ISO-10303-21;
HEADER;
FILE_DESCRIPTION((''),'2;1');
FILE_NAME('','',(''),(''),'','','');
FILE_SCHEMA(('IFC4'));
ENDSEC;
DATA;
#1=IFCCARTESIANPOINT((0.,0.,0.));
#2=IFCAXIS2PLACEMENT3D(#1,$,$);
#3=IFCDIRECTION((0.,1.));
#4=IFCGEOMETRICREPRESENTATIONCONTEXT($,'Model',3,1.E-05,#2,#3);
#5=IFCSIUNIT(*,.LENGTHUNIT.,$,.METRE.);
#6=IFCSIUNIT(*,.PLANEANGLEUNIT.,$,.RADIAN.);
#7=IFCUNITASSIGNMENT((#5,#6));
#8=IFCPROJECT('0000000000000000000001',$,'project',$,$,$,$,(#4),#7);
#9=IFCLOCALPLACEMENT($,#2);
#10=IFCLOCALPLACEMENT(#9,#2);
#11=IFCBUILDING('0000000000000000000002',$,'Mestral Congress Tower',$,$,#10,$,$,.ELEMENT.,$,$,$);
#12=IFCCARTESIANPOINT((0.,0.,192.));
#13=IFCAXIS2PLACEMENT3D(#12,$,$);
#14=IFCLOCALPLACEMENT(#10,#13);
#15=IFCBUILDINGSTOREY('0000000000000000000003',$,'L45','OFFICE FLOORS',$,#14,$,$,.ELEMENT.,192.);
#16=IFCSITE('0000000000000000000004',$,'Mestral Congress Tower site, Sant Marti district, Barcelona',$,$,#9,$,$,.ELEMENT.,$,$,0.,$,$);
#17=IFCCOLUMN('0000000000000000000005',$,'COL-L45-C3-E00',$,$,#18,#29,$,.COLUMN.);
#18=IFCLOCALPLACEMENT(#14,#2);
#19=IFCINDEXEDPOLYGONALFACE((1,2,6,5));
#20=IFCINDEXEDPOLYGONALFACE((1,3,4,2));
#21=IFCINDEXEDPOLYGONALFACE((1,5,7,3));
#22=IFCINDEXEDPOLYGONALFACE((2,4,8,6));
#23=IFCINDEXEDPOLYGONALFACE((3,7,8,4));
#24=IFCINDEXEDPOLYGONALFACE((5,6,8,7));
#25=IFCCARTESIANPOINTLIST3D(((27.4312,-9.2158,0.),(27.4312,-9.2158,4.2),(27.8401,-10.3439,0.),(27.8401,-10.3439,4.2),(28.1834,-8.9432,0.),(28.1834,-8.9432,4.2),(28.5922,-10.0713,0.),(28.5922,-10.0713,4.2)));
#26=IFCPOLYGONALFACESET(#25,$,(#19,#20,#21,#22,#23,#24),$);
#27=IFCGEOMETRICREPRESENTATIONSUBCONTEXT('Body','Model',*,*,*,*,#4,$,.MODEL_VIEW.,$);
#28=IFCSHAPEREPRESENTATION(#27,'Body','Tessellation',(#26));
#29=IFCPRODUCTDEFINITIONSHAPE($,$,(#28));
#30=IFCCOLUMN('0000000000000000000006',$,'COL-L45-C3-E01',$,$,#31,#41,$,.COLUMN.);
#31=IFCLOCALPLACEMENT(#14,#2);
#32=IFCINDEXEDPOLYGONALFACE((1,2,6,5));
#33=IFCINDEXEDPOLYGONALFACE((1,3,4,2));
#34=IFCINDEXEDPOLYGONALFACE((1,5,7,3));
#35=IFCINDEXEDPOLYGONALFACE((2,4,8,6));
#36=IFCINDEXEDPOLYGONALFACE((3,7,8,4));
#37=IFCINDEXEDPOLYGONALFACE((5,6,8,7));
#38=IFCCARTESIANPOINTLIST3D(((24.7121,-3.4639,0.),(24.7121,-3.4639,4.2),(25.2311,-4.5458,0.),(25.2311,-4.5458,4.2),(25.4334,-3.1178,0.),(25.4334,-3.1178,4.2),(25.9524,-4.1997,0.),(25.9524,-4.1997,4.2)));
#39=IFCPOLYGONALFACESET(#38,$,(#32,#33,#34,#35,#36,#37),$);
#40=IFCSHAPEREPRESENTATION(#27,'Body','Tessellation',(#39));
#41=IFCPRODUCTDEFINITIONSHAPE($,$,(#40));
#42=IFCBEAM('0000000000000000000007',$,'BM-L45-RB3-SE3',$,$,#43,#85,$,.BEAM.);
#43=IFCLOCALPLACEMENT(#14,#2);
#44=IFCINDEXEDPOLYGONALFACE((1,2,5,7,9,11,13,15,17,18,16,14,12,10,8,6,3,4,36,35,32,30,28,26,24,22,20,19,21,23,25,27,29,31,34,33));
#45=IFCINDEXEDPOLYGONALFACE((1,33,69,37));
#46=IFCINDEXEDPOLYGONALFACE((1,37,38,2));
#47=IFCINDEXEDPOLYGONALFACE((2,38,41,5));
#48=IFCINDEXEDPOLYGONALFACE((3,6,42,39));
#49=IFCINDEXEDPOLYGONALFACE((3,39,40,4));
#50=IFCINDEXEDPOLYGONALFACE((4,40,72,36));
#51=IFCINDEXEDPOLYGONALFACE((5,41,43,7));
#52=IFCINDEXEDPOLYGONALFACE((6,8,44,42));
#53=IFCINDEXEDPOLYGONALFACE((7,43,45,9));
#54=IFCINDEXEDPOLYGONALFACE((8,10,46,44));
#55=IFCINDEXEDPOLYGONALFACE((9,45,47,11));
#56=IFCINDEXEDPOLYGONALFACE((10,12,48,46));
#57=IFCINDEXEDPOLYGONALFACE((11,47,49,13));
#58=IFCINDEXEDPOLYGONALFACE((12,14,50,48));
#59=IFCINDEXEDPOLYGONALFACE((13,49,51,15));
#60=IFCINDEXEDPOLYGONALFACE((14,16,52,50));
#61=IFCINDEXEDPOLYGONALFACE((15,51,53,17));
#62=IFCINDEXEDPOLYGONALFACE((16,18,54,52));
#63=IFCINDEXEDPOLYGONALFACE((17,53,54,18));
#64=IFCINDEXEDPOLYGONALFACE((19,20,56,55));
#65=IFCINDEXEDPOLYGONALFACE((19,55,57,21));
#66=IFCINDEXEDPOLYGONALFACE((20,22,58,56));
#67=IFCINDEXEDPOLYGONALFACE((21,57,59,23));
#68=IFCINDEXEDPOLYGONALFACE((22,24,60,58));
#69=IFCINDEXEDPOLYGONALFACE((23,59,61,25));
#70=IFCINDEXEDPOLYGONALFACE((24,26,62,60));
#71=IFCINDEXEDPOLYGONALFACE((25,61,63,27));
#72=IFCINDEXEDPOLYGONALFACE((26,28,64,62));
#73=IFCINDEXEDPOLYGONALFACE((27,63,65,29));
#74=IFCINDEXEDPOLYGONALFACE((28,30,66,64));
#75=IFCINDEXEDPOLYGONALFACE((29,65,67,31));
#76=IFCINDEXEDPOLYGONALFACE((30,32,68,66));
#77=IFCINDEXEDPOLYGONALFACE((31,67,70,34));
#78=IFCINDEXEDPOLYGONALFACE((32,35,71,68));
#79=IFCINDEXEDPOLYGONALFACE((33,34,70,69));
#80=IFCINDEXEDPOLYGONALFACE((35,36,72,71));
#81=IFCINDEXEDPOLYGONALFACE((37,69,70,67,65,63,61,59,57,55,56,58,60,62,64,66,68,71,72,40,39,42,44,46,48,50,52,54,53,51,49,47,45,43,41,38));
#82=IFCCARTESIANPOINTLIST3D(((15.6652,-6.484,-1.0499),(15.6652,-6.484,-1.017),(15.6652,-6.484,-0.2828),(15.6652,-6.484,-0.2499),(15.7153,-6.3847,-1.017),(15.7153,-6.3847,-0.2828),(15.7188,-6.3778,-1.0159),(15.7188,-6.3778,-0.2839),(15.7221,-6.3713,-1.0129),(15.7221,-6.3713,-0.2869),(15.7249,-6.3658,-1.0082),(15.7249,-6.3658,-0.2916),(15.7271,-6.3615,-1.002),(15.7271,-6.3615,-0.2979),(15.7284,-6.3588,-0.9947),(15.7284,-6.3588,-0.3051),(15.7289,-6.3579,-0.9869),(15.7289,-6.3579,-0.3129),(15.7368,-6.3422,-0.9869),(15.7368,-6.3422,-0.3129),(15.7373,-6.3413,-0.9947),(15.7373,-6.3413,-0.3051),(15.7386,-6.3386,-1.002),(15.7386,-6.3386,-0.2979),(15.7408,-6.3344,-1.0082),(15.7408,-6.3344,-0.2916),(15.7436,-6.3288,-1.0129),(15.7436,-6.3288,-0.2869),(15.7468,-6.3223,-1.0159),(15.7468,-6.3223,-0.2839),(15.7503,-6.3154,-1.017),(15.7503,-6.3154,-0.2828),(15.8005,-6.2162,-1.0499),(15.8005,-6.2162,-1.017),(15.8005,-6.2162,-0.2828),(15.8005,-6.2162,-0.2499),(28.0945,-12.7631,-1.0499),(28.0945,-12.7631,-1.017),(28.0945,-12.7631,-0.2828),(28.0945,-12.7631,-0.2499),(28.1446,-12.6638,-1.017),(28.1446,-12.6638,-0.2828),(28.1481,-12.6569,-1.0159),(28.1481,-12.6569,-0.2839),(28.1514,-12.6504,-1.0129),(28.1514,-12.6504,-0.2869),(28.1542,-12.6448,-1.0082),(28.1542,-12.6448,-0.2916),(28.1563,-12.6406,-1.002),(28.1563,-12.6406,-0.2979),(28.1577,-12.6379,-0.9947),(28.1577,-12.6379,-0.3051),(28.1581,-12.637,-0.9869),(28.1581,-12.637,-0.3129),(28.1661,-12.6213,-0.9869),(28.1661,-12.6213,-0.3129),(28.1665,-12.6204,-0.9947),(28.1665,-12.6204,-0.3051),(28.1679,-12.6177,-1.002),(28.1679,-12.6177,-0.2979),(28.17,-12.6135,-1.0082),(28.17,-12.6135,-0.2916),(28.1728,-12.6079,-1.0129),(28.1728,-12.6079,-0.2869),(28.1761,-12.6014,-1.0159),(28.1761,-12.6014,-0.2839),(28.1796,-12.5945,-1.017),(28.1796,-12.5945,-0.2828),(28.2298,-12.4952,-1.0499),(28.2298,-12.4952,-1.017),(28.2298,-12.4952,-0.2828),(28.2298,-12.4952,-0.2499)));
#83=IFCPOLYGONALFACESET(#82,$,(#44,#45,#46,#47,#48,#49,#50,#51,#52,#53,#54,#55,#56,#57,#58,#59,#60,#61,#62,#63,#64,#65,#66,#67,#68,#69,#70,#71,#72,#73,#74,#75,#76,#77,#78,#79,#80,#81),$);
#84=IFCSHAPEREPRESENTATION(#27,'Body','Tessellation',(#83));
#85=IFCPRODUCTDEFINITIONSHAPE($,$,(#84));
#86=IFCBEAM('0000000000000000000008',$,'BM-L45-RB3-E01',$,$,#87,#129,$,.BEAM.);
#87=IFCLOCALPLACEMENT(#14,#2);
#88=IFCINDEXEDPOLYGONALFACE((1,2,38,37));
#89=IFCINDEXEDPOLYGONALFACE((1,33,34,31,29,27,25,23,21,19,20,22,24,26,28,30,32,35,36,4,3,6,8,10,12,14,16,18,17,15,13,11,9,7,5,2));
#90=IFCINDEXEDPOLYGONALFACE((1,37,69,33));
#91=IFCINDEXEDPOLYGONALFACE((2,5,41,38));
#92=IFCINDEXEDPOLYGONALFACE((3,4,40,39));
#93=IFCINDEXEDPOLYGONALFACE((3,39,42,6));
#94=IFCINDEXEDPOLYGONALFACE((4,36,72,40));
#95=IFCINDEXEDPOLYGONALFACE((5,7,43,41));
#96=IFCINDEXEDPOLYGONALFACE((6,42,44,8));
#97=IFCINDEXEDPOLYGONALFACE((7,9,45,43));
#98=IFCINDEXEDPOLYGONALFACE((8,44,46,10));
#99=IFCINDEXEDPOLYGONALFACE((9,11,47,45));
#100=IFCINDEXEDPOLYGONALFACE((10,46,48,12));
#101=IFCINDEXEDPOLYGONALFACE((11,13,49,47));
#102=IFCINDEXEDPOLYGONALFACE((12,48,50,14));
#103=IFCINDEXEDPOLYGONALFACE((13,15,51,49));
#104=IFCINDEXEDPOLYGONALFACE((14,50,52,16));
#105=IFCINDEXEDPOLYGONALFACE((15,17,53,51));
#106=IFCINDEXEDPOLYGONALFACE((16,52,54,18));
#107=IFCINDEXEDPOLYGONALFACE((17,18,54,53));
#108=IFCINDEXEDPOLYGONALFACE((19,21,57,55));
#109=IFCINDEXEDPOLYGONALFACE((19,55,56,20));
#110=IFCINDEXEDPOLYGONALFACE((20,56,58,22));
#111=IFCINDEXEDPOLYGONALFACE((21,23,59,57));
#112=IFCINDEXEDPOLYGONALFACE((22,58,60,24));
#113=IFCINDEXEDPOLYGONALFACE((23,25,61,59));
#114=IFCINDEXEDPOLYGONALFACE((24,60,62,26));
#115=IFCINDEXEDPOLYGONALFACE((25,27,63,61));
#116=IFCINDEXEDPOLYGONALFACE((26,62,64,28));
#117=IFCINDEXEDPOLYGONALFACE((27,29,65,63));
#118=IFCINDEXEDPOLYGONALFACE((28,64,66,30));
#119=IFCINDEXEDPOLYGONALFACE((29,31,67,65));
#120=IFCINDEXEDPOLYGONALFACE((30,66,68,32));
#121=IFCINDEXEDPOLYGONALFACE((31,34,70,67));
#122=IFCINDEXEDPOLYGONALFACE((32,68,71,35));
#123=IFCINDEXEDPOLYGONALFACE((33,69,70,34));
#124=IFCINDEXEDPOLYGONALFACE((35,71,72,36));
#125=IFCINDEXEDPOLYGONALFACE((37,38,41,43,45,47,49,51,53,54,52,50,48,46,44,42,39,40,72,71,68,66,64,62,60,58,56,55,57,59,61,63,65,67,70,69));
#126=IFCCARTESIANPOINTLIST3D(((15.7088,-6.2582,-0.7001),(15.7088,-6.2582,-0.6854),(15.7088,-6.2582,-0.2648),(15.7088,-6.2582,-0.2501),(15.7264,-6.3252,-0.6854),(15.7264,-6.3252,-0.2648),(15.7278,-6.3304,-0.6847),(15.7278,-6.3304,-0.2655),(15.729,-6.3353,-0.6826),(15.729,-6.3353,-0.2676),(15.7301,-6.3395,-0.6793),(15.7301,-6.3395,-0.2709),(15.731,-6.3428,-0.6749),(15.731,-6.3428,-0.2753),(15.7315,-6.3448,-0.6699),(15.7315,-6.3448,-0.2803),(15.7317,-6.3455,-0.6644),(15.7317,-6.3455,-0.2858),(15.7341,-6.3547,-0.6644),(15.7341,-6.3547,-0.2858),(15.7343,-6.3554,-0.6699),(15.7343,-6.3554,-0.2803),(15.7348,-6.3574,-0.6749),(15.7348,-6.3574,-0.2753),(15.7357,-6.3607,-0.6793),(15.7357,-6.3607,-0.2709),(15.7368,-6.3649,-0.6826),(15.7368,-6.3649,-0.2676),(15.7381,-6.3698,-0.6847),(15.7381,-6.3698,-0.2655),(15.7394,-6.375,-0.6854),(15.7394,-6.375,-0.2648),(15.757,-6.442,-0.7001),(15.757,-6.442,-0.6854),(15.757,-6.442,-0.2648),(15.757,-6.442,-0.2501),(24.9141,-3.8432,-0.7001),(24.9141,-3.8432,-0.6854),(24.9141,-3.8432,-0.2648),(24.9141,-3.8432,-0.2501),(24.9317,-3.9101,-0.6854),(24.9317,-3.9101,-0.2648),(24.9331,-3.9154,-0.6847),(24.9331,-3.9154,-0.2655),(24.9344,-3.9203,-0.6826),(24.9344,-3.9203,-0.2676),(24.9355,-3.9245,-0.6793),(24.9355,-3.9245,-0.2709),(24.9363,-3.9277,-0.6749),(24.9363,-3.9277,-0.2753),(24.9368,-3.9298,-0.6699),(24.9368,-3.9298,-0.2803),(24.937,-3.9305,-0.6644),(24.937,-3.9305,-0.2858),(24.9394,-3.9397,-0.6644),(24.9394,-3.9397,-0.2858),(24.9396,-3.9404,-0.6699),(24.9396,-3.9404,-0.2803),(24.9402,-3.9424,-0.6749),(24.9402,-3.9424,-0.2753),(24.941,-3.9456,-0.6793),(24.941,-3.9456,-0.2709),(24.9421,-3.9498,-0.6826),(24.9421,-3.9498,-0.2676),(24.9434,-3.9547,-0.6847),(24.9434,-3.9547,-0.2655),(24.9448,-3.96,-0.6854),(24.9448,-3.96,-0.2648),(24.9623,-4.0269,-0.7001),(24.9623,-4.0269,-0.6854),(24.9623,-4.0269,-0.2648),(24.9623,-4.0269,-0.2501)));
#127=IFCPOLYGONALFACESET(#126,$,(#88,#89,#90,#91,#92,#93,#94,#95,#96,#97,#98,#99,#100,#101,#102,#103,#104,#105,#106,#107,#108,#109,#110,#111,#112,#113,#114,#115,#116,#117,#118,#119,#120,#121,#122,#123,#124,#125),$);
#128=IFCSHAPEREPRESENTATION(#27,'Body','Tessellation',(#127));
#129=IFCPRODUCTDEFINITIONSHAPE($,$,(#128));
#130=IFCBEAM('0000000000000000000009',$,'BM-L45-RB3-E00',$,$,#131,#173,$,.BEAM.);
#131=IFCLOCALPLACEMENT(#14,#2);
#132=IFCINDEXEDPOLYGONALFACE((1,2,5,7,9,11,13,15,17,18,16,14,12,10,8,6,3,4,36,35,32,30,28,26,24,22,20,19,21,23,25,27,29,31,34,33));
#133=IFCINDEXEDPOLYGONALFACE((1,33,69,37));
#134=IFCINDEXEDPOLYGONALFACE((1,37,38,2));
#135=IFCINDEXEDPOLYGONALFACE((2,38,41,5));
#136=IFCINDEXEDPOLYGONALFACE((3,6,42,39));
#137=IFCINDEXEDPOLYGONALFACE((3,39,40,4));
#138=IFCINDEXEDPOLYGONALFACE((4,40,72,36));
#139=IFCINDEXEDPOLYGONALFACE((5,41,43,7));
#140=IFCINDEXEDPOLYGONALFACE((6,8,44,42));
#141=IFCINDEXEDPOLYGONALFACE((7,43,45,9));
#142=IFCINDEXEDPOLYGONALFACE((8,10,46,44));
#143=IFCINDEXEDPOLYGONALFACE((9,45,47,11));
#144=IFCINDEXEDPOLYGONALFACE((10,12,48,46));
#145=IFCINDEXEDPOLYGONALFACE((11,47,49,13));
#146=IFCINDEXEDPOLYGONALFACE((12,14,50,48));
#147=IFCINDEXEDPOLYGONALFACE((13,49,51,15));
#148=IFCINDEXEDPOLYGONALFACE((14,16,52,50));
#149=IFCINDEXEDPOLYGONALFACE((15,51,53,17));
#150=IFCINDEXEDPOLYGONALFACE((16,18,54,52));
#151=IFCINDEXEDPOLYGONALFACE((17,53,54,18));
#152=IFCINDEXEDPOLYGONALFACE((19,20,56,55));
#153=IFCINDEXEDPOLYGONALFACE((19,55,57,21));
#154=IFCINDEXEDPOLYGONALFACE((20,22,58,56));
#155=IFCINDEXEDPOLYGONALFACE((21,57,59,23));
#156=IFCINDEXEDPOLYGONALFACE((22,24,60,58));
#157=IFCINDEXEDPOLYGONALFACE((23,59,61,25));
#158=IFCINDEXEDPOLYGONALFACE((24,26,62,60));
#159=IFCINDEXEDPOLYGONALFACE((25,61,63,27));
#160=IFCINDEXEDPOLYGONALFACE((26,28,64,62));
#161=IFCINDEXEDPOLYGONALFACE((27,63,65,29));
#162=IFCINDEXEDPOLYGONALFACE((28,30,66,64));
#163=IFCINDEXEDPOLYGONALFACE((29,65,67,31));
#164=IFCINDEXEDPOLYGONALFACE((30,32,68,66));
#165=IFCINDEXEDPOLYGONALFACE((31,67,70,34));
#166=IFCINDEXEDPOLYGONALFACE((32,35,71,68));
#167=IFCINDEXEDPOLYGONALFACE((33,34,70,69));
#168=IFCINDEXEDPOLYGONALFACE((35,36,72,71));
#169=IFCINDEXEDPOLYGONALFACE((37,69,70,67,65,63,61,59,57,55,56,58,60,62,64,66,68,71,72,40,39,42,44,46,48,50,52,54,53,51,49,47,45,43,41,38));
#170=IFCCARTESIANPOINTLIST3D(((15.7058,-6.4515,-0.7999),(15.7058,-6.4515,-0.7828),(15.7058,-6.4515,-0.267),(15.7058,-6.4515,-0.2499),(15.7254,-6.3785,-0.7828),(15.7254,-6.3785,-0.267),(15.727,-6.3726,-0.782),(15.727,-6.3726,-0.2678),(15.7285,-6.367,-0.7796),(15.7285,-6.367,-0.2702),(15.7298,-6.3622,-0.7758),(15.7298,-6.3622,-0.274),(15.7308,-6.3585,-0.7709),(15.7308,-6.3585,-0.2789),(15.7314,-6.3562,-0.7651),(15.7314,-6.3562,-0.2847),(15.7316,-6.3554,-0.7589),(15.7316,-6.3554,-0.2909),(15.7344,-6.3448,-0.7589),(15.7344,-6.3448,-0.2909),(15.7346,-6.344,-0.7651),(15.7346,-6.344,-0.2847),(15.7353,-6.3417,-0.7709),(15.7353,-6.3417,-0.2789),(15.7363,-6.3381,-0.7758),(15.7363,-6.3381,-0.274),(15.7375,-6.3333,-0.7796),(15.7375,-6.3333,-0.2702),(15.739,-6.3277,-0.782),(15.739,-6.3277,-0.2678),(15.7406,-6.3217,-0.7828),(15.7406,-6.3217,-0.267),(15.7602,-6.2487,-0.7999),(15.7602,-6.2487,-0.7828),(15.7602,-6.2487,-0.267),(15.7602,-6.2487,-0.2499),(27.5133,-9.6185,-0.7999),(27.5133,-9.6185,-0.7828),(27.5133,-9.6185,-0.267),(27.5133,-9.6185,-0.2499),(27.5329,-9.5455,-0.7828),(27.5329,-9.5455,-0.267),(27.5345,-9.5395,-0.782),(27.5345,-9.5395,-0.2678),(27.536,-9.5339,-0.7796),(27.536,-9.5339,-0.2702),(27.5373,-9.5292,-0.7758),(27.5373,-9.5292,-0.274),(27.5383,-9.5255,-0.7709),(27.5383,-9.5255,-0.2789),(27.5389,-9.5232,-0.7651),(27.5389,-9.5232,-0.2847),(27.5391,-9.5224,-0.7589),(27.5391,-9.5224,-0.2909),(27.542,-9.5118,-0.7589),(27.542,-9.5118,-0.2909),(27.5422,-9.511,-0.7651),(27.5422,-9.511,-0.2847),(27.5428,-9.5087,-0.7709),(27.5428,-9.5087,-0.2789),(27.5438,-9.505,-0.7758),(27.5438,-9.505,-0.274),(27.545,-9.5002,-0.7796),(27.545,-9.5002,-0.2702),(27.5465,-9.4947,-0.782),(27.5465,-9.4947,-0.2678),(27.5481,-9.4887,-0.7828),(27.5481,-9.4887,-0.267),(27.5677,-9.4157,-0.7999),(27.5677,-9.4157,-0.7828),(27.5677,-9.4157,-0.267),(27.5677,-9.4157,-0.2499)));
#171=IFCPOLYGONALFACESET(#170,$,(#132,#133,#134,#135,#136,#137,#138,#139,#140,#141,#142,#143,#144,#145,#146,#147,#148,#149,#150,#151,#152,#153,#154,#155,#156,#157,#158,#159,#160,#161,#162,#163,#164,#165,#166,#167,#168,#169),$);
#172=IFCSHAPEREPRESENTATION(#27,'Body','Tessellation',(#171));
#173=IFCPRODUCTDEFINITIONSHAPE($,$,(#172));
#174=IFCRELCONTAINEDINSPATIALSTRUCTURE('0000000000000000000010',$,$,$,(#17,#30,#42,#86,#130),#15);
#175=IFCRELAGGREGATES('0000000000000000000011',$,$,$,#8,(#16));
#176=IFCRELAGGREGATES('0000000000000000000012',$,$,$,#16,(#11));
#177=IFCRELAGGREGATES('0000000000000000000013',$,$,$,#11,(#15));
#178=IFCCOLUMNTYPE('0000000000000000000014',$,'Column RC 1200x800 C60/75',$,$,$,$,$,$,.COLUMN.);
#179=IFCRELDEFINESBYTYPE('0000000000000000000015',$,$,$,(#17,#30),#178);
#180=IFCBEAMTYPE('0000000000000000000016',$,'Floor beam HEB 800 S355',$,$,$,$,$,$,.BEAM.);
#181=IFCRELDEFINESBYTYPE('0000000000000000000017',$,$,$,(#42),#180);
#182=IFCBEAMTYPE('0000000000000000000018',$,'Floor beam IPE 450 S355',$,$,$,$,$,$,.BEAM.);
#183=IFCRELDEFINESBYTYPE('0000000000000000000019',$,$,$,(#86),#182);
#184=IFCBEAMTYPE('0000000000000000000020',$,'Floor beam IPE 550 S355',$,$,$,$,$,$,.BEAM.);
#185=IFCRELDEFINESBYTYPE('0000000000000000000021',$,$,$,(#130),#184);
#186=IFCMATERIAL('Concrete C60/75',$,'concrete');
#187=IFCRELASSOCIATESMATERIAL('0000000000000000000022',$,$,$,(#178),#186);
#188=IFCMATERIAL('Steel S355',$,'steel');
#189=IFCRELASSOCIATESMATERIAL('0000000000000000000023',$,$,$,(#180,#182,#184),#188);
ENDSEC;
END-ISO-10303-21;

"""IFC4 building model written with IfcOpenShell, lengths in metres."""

from ifc_helpers import new_model, si_unit, direction, frame, origin, origin_2d, place, context, subcontext, project, spatial, rectangle, i_section, extrude, material, material_profile, profile_set, type_object, element, save


model = new_model("IFC4")

# Units and contexts
model_context = context("Model", 3, precision=1e-05, world=origin(), true_north=direction((0.0, 1.0)))
body_context = subcontext(model_context, "Body", "Model", "MODEL_VIEW")
ifc_project = project(units=[si_unit("LENGTHUNIT", "METRE"), si_unit("PLANEANGLEUNIT", "RADIAN")], contexts=[model_context])

# Site, building, storey
site_placement = place(None, origin())
site = spatial("IfcSite", under=ifc_project, at=site_placement, Name="Mestral Congress Tower site, Sant Marti district, Barcelona", CompositionType="ELEMENT", RefElevation=0.0)
building_placement = place(site_placement, origin())
building = spatial("IfcBuilding", under=site, at=building_placement, Name="Mestral Congress Tower", CompositionType="ELEMENT")
storey_placement = place(building_placement, frame((0.0, 0.0, 192.0)))
storey = spatial("IfcBuildingStorey", under=building, at=storey_placement, Name="L45", Description="OFFICE FLOORS", CompositionType="ELEMENT", Elevation=192.0)

# Columns
ifc_material_1 = material(Name="Concrete C60/75", Category="concrete")
ifc_material_profile_1 = material_profile(ifc_material_1, rectangle(XDim=1.2, YDim=0.8, at=origin_2d()), Name="RC 1200x800")
ifc_profile_set_1 = profile_set([ifc_material_profile_1], Name="Concrete C60/75")
column_type = type_object("IfcColumnType", Name="Column RC 1200x800 C60/75", PredefinedType="COLUMN", material=ifc_profile_set_1)
for number, where, z_axis, x_axis, name in (
    (1, (28.0117, -9.6436, 0.0), (0.0, 0.0, 1.0), (-0.340744, 0.940156, 0.0), "COL-L45-C3-E00"),
    (2, (25.3323, -3.8318, 0.0), (0.0, 0.0, 1.0), (-0.432522, 0.901624, 0.0), "COL-L45-C3-E01"),
):
    element("IfcColumn", number, at=place(storey_placement, frame(where, z_axis=z_axis, x_axis=x_axis)), inside=storey, type_object=column_type, Name=name, PredefinedType="COLUMN", context=body_context, shape_type="SweptSolid", body=[
        extrude(rectangle(XDim=1.2, YDim=0.8, at=origin_2d()), origin(), (0.0, 0.0, 1.0), 4.2),
    ])

# Beams
ifc_material_2 = material(Name="Steel S355", Category="steel")
ifc_material_profile_2 = material_profile(ifc_material_2, i_section(OverallWidth=0.3, OverallDepth=0.8, WebThickness=0.0176, FlangeThickness=0.033, FilletRadius=0.03, at=origin_2d()), Name="HEB 800")
ifc_profile_set_2 = profile_set([ifc_material_profile_2], Name="Steel S355")
beam_type_1 = type_object("IfcBeamType", Name="Floor beam HEB 800 S355", PredefinedType="BEAM", material=ifc_profile_set_2)
beam_1_placement = place(storey_placement, frame((28.1621, -12.6292, -0.6499), z_axis=(-0.892568, 0.450913, 0.0), x_axis=(-0.450913, -0.892568, 0.0)))
element("IfcBeam", 3, at=beam_1_placement, inside=storey, type_object=beam_type_1, Name="BM-L45-RB3-SE3", PredefinedType="BEAM", context=body_context, shape_type="SweptSolid", body=[
    extrude(i_section(OverallWidth=0.3, OverallDepth=0.8, WebThickness=0.0176, FlangeThickness=0.033, FilletRadius=0.03, at=origin_2d()), origin(), (0.0, 0.0, 1.0), 13.9253),
])
ifc_material_profile_3 = material_profile(ifc_material_2, i_section(OverallWidth=0.1899, OverallDepth=0.45, WebThickness=0.0095, FlangeThickness=0.0146, FilletRadius=0.021, at=origin_2d()), Name="IPE 450")
ifc_profile_set_3 = profile_set([ifc_material_profile_3], Name="Steel S355")
beam_type_2 = type_object("IfcBeamType", Name="Floor beam IPE 450 S355", PredefinedType="BEAM", material=ifc_profile_set_3)
beam_2_placement = place(storey_placement, frame((24.9382, -3.9351, -0.4751), z_axis=(-0.967266, -0.253765, 0.0), x_axis=(0.253765, -0.967266, 0.0)))
element("IfcBeam", 4, at=beam_2_placement, inside=storey, type_object=beam_type_2, Name="BM-L45-RB3-E01", PredefinedType="BEAM", context=body_context, shape_type="SweptSolid", body=[
    extrude(i_section(OverallWidth=0.1899, OverallDepth=0.45, WebThickness=0.0095, FlangeThickness=0.0146, FilletRadius=0.021, at=origin_2d()), origin(), (0.0, 0.0, 1.0), 9.5168),
])
ifc_material_profile_4 = material_profile(ifc_material_2, i_section(OverallWidth=0.21, OverallDepth=0.55, WebThickness=0.011, FlangeThickness=0.0171, FilletRadius=0.0239, at=origin_2d()), Name="IPE 550")
ifc_profile_set_4 = profile_set([ifc_material_profile_4], Name="Steel S355")
beam_type_3 = type_object("IfcBeamType", Name="Floor beam IPE 550 S355", PredefinedType="BEAM", material=ifc_profile_set_4)
beam_3_placement = place(storey_placement, frame((27.5405, -9.5171, -0.5249), z_axis=(-0.965861, 0.259059, 0.0), x_axis=(-0.259059, -0.965861, 0.0)))
element("IfcBeam", 5, at=beam_3_placement, inside=storey, type_object=beam_type_3, Name="BM-L45-RB3-E00", PredefinedType="BEAM", context=body_context, shape_type="SweptSolid", body=[
    extrude(i_section(OverallWidth=0.21, OverallDepth=0.55, WebThickness=0.011, FlangeThickness=0.0171, FilletRadius=0.0239, at=origin_2d()), origin(), (0.0, 0.0, 1.0), 12.2249),
])

save(model, "model.ifc")
